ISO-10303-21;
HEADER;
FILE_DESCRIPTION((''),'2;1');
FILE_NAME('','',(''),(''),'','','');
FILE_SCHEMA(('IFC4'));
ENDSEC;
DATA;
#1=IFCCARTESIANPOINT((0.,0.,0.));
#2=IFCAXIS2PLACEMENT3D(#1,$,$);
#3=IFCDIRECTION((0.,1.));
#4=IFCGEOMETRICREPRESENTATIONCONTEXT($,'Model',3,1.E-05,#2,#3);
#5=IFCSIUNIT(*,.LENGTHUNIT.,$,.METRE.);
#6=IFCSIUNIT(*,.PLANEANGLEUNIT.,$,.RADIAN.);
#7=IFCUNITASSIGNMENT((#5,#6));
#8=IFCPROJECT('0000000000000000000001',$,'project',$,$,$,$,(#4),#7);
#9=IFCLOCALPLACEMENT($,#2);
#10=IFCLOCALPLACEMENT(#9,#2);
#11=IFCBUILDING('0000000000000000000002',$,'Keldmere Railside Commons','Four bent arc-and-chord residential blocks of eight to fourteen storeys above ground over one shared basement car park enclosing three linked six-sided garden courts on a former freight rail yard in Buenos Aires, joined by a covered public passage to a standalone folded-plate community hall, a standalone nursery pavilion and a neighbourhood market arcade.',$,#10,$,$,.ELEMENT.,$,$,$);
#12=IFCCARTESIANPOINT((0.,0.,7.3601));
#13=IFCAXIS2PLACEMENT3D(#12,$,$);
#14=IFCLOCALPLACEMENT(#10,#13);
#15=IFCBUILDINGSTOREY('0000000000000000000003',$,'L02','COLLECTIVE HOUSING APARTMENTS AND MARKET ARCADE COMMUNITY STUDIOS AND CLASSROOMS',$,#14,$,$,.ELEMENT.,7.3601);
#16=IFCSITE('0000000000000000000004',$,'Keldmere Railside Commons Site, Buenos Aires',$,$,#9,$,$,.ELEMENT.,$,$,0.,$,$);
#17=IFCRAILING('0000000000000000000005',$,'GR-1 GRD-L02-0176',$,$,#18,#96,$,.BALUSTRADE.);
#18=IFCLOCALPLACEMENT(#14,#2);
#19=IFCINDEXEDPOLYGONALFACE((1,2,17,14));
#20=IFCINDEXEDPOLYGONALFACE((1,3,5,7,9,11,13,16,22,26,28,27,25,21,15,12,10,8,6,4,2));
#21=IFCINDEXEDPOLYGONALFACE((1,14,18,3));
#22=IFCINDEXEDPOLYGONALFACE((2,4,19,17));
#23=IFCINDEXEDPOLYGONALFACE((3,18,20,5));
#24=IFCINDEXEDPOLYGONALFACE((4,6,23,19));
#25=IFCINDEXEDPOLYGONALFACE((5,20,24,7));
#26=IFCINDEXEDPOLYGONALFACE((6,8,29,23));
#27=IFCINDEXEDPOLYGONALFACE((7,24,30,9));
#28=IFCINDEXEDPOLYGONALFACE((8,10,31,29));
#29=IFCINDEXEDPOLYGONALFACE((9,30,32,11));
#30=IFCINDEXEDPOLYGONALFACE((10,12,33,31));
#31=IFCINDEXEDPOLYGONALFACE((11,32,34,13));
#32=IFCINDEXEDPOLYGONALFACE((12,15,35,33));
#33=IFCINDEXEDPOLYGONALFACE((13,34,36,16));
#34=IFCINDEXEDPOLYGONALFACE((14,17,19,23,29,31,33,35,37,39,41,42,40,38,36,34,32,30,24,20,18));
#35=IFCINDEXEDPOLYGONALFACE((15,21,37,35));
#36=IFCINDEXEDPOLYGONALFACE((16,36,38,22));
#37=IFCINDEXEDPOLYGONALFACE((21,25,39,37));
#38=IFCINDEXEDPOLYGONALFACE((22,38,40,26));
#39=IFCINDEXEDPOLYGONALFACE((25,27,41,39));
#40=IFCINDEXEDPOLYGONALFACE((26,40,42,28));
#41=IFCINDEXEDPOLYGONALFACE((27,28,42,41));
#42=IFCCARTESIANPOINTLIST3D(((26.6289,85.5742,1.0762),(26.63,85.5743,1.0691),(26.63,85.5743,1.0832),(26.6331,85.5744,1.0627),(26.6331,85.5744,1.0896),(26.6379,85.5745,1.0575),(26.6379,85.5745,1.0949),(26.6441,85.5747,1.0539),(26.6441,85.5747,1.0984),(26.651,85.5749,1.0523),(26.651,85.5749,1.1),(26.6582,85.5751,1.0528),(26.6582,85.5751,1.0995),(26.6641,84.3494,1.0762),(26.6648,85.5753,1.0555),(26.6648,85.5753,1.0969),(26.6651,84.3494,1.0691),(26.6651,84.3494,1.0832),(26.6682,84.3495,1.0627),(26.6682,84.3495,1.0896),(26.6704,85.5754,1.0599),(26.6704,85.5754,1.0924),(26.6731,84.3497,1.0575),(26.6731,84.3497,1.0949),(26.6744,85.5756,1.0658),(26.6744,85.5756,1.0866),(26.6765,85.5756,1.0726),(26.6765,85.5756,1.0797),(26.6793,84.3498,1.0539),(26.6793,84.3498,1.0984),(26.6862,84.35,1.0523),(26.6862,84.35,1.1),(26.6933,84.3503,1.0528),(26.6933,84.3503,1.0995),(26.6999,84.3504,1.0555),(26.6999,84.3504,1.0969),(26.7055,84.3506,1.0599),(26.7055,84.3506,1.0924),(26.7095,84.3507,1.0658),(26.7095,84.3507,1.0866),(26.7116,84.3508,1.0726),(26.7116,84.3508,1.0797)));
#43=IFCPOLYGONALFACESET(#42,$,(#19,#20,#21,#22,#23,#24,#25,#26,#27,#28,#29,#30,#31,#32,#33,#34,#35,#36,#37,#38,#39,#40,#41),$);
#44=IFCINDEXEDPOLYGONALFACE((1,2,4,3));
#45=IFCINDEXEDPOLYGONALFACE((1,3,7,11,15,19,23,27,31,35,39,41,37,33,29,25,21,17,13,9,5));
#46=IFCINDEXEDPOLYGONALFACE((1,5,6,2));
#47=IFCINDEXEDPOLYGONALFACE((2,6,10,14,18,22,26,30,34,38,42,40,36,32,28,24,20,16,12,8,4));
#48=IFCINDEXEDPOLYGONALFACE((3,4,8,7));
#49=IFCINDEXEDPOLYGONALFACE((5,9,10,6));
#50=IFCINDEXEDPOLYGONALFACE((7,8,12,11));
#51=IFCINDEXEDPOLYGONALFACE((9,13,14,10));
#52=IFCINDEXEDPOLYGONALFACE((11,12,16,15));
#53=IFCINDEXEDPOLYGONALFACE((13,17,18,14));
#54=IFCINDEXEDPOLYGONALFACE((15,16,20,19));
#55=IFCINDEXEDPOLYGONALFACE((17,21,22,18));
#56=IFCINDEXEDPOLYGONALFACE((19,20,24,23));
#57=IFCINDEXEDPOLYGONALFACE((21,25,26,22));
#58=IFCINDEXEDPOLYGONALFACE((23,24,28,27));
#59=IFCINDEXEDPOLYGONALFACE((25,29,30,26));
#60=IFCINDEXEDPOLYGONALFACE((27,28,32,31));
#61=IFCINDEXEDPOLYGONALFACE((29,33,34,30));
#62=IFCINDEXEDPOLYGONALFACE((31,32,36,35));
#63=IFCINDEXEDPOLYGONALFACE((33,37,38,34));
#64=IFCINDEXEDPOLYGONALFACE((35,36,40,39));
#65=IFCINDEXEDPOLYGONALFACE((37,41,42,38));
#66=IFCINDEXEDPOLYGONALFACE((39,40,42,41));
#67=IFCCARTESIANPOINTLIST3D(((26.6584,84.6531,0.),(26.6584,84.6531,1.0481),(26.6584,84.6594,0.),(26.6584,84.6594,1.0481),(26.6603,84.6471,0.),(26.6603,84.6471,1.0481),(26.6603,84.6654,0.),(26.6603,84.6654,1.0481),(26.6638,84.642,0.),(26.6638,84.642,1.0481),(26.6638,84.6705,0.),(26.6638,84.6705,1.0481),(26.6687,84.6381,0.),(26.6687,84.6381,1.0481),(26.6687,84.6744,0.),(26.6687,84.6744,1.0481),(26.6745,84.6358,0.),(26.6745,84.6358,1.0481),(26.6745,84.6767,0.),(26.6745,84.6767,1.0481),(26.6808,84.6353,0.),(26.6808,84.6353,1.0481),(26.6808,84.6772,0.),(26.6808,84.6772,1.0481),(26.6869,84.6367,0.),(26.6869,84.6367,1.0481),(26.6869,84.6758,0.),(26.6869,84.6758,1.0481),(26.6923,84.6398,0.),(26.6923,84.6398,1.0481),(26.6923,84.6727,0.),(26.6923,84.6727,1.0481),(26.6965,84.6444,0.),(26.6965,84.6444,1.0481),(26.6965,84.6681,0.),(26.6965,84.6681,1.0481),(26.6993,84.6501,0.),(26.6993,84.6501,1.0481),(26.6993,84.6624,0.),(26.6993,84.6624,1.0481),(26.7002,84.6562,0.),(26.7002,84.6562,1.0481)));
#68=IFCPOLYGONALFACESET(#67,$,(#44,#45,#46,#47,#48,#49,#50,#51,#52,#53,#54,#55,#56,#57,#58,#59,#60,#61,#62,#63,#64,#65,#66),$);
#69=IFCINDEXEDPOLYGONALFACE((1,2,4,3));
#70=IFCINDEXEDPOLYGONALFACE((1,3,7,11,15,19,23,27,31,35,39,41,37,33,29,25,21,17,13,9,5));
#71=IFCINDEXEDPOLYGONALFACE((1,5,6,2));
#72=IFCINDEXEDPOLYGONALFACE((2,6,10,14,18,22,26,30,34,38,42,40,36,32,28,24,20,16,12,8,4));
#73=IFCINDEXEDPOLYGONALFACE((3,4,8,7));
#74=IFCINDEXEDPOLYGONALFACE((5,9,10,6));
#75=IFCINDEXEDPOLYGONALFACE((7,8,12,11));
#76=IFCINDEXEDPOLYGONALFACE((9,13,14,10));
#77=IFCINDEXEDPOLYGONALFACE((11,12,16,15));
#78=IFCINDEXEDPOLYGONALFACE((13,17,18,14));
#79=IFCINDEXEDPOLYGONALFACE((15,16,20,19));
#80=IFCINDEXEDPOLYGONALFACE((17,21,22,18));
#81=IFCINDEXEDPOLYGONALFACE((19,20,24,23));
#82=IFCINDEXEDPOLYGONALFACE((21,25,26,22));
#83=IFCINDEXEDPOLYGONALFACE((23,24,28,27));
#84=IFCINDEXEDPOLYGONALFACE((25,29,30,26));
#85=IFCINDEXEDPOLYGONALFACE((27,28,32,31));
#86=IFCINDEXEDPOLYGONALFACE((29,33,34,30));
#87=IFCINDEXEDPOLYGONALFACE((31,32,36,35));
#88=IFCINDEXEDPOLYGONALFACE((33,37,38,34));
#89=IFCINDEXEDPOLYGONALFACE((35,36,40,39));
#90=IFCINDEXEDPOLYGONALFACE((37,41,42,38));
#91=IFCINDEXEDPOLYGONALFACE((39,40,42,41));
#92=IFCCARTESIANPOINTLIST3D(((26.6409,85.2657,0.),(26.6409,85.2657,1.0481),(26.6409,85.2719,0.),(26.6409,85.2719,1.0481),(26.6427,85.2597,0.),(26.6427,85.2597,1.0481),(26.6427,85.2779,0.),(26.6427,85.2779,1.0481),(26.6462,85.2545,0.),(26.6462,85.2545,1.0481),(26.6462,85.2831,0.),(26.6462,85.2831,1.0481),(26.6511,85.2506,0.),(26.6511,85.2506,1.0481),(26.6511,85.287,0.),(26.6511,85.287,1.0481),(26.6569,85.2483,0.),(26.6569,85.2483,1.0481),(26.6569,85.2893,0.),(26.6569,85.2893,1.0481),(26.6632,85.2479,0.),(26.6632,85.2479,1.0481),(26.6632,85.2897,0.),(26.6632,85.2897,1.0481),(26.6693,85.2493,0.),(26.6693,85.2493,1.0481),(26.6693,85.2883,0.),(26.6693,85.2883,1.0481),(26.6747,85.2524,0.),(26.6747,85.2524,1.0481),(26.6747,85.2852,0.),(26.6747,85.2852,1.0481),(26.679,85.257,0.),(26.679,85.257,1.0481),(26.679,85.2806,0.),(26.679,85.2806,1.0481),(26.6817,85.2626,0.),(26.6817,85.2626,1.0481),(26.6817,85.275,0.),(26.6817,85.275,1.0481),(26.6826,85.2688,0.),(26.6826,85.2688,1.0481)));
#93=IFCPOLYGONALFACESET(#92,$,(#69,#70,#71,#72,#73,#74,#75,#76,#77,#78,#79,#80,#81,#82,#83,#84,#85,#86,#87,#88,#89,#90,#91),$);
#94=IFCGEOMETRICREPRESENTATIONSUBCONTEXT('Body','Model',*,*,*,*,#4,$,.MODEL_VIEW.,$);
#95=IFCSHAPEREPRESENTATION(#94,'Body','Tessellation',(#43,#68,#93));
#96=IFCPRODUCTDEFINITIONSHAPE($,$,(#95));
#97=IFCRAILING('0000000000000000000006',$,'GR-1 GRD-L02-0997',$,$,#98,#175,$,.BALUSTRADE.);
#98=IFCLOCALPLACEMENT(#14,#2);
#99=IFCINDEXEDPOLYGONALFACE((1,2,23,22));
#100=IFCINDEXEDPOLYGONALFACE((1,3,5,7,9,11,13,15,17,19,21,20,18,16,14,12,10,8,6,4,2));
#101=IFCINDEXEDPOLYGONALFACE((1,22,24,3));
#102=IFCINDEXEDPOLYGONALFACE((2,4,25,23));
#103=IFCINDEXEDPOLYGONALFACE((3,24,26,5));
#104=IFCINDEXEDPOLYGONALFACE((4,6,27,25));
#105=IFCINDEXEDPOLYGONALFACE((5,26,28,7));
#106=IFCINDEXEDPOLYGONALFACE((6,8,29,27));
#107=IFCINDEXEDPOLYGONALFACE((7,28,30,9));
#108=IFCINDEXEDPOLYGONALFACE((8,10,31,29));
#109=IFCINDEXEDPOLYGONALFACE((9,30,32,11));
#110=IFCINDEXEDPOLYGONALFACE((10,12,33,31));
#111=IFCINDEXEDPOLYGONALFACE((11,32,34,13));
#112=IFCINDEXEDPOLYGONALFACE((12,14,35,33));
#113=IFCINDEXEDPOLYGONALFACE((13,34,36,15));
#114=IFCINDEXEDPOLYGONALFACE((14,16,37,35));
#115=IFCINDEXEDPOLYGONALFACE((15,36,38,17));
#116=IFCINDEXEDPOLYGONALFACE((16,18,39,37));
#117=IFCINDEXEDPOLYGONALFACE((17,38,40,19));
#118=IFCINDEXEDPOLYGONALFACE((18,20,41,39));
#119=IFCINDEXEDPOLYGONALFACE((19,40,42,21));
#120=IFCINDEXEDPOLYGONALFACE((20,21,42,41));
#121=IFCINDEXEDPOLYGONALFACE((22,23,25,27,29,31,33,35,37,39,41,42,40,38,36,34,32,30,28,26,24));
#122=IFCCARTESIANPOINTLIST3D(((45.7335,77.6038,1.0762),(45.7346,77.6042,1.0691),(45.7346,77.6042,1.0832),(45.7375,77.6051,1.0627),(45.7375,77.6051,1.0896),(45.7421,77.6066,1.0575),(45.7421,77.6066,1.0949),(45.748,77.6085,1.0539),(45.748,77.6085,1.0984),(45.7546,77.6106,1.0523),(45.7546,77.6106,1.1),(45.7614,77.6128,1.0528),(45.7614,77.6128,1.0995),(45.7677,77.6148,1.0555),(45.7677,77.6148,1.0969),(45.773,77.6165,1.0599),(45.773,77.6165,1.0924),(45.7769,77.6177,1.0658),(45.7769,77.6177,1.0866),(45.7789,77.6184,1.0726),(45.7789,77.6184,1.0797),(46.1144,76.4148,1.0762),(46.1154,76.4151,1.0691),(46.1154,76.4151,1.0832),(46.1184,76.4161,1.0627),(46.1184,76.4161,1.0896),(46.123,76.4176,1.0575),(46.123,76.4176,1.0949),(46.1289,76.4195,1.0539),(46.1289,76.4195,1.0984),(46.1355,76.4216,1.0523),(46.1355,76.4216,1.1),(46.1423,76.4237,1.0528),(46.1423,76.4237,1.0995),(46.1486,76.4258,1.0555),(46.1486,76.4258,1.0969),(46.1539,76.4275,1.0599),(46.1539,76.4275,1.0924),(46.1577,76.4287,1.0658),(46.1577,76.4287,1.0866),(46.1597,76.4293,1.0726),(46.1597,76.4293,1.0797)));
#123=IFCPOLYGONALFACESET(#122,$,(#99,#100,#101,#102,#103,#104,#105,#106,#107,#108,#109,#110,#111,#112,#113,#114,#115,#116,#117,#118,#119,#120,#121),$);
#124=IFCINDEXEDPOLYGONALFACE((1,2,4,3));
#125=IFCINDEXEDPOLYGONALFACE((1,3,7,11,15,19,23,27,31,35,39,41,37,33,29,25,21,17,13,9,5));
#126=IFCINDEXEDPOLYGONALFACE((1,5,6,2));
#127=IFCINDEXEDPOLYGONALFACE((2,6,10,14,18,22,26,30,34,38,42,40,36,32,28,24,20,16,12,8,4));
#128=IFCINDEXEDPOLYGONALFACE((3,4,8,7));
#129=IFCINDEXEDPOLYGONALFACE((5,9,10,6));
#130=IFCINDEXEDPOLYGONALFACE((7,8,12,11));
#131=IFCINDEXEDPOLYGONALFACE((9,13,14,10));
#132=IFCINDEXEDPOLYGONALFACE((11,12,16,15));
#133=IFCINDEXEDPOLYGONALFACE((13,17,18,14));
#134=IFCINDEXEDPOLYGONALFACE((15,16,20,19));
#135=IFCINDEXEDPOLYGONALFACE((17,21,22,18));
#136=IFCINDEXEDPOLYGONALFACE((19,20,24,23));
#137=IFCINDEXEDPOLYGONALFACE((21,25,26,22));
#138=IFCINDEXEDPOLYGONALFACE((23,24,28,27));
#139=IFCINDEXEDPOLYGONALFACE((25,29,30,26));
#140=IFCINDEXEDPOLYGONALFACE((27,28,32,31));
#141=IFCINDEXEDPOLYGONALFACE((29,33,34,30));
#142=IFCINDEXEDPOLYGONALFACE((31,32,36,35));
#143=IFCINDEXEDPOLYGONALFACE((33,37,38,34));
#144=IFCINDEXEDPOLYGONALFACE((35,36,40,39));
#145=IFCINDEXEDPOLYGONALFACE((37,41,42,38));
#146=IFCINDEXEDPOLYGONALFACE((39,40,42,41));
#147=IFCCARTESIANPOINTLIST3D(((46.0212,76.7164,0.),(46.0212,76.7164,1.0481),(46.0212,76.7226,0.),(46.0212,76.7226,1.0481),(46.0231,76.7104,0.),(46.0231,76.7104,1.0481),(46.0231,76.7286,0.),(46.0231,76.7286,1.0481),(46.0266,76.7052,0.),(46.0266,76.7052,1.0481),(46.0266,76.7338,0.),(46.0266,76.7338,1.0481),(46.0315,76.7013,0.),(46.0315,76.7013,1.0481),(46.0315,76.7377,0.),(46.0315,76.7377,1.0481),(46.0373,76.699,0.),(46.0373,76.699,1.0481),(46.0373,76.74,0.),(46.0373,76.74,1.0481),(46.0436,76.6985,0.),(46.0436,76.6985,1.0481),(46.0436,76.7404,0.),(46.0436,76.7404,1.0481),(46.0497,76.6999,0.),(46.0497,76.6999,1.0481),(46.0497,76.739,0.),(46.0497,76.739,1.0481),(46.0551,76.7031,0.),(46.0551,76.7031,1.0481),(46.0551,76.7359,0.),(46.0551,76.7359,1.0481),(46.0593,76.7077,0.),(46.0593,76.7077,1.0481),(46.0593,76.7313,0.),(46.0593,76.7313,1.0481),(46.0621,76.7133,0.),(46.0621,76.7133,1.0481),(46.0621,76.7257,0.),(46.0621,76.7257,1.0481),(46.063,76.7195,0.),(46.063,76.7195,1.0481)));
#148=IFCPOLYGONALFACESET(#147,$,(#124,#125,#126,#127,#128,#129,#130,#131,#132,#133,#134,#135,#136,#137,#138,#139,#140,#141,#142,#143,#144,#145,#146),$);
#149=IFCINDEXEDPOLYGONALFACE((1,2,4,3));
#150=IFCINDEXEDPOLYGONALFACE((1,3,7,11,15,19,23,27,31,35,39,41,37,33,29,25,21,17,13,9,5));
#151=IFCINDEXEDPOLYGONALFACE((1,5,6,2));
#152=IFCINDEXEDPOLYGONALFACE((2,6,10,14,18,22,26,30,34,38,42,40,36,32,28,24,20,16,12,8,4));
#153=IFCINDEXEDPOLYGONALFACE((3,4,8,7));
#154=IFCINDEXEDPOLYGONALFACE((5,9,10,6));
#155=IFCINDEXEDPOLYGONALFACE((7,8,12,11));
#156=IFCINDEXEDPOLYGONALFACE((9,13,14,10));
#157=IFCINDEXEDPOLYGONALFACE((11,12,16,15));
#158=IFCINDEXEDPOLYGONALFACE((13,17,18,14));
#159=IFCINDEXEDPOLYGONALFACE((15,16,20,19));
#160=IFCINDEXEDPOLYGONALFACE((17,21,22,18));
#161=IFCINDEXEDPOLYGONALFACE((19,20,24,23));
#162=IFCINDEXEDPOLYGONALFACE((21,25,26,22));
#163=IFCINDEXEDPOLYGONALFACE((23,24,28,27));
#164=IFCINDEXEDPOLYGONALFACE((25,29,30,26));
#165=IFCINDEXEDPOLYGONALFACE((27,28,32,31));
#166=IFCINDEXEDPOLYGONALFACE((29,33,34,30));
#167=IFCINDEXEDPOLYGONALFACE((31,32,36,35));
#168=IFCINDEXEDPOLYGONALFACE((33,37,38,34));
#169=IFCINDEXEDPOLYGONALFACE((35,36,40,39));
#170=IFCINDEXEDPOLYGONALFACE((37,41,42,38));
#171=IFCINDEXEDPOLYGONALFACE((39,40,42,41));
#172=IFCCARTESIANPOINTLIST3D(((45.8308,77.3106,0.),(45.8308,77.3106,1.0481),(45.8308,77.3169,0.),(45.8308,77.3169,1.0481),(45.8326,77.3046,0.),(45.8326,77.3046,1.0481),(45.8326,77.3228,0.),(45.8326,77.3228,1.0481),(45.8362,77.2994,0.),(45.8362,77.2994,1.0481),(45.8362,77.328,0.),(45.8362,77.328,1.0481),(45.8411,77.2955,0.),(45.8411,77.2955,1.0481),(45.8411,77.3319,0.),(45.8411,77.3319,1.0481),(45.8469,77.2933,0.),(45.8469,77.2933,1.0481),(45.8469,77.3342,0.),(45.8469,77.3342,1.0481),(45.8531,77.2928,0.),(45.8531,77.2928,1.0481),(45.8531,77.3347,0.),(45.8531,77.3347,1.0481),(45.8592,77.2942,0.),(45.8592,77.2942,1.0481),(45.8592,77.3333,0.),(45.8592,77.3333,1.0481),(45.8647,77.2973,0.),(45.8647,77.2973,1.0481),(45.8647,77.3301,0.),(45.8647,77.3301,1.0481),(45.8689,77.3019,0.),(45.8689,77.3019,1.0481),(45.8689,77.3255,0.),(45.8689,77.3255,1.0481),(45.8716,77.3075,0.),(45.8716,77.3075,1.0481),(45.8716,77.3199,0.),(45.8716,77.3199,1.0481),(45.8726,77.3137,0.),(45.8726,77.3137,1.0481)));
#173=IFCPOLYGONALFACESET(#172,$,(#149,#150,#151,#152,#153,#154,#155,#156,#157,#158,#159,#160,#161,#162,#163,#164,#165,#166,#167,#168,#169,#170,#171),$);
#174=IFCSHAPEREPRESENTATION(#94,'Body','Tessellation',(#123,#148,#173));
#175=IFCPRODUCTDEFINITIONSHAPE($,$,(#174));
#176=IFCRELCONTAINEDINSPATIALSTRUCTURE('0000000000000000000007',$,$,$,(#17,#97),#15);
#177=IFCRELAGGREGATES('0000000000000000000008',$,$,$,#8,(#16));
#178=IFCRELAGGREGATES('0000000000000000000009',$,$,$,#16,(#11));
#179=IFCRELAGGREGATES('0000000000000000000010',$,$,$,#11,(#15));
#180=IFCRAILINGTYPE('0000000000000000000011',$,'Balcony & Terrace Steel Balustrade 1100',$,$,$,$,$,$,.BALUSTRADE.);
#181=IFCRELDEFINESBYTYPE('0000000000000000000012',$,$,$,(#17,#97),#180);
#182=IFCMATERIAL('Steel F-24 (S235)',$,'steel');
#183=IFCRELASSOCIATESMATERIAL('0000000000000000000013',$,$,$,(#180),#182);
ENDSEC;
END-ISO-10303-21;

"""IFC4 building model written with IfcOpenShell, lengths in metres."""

from ifc_helpers import new_model, si_unit, direction, frame, origin, origin_2d, place, context, subcontext, project, spatial, circle, extrude, material, type_object, element, save


model = new_model("IFC4")

# Units and contexts
model_context = context("Model", 3, precision=1e-05, world=origin(), true_north=direction((0.0, 1.0)))
body_context = subcontext(model_context, "Body", "Model", "MODEL_VIEW")
ifc_project = project(units=[si_unit("LENGTHUNIT", "METRE"), si_unit("PLANEANGLEUNIT", "RADIAN")], contexts=[model_context])

# Site, building, storey
site_placement = place(None, origin())
site = spatial("IfcSite", under=ifc_project, at=site_placement, Name="Keldmere Railside Commons Site, Buenos Aires", CompositionType="ELEMENT", RefElevation=0.0)
building_placement = place(site_placement, origin())
building = spatial("IfcBuilding", under=site, at=building_placement, Name="Keldmere Railside Commons", Description="Four bent arc-and-chord residential blocks of eight to fourteen storeys above ground over one shared basement car park enclosing three linked six-sided garden courts on a former freight rail yard in Buenos Aires, joined by a covered public passage to a standalone folded-plate community hall, a standalone nursery pavilion and a neighbourhood market arcade.", CompositionType="ELEMENT")
storey_placement = place(building_placement, frame((0.0, 0.0, 7.3601)))
storey = spatial("IfcBuildingStorey", under=building, at=storey_placement, Name="L02", Description="COLLECTIVE HOUSING APARTMENTS AND MARKET ARCADE COMMUNITY STUDIOS AND CLASSROOMS", CompositionType="ELEMENT", Elevation=7.3601)

# Railings
ifc_material_1 = material(Name="Steel F-24 (S235)", Category="steel")
railing_type = type_object("IfcRailingType", Name="Balcony & Terrace Steel Balustrade 1100", PredefinedType="BALUSTRADE", material=ifc_material_1)
railing_1_placement = place(storey_placement, frame((26.688, 84.3501, 0.0)))
element("IfcRailing", 1, at=railing_1_placement, inside=storey, type_object=railing_type, Name="GR-1 GRD-L02-0176", PredefinedType="BALUSTRADE", context=body_context, shape_type="SweptSolid", body=[
    extrude(circle(Radius=0.0239, at=origin_2d()), frame((0.0, 0.0, 1.0762), z_axis=(-0.028691, 0.999588, 0.0), x_axis=(-0.999588, -0.028691, 0.0)), (0.0, 0.0, 1.0), 1.2253),
    extrude(circle(Radius=0.021, at=origin_2d()), frame((-0.0088, 0.3062, 0.0)), (0.0, 0.0, 1.0), 1.0481),
    extrude(circle(Radius=0.021, at=origin_2d()), frame((-0.0264, 0.9187, 0.0)), (0.0, 0.0, 1.0), 1.0481),
])
railing_2_placement = place(storey_placement, frame((46.1372, 76.4221, 0.0)))
element("IfcRailing", 2, at=railing_2_placement, inside=storey, type_object=railing_type, Name="GR-1 GRD-L02-0997", PredefinedType="BALUSTRADE", context=body_context, shape_type="SweptSolid", body=[
    extrude(circle(Radius=0.0239, at=origin_2d()), frame((0.0, 0.0, 1.0762), z_axis=(-0.30506, 0.952333, 0.0), x_axis=(-0.952333, -0.30506, 0.0)), (0.0, 0.0, 1.0), 1.2485),
    extrude(circle(Radius=0.021, at=origin_2d()), frame((-0.0952, 0.2974, 0.0)), (0.0, 0.0, 1.0), 1.0481),
    extrude(circle(Radius=0.021, at=origin_2d()), frame((-0.2856, 0.8916, 0.0)), (0.0, 0.0, 1.0), 1.0481),
])

save(model, "model.ifc")
